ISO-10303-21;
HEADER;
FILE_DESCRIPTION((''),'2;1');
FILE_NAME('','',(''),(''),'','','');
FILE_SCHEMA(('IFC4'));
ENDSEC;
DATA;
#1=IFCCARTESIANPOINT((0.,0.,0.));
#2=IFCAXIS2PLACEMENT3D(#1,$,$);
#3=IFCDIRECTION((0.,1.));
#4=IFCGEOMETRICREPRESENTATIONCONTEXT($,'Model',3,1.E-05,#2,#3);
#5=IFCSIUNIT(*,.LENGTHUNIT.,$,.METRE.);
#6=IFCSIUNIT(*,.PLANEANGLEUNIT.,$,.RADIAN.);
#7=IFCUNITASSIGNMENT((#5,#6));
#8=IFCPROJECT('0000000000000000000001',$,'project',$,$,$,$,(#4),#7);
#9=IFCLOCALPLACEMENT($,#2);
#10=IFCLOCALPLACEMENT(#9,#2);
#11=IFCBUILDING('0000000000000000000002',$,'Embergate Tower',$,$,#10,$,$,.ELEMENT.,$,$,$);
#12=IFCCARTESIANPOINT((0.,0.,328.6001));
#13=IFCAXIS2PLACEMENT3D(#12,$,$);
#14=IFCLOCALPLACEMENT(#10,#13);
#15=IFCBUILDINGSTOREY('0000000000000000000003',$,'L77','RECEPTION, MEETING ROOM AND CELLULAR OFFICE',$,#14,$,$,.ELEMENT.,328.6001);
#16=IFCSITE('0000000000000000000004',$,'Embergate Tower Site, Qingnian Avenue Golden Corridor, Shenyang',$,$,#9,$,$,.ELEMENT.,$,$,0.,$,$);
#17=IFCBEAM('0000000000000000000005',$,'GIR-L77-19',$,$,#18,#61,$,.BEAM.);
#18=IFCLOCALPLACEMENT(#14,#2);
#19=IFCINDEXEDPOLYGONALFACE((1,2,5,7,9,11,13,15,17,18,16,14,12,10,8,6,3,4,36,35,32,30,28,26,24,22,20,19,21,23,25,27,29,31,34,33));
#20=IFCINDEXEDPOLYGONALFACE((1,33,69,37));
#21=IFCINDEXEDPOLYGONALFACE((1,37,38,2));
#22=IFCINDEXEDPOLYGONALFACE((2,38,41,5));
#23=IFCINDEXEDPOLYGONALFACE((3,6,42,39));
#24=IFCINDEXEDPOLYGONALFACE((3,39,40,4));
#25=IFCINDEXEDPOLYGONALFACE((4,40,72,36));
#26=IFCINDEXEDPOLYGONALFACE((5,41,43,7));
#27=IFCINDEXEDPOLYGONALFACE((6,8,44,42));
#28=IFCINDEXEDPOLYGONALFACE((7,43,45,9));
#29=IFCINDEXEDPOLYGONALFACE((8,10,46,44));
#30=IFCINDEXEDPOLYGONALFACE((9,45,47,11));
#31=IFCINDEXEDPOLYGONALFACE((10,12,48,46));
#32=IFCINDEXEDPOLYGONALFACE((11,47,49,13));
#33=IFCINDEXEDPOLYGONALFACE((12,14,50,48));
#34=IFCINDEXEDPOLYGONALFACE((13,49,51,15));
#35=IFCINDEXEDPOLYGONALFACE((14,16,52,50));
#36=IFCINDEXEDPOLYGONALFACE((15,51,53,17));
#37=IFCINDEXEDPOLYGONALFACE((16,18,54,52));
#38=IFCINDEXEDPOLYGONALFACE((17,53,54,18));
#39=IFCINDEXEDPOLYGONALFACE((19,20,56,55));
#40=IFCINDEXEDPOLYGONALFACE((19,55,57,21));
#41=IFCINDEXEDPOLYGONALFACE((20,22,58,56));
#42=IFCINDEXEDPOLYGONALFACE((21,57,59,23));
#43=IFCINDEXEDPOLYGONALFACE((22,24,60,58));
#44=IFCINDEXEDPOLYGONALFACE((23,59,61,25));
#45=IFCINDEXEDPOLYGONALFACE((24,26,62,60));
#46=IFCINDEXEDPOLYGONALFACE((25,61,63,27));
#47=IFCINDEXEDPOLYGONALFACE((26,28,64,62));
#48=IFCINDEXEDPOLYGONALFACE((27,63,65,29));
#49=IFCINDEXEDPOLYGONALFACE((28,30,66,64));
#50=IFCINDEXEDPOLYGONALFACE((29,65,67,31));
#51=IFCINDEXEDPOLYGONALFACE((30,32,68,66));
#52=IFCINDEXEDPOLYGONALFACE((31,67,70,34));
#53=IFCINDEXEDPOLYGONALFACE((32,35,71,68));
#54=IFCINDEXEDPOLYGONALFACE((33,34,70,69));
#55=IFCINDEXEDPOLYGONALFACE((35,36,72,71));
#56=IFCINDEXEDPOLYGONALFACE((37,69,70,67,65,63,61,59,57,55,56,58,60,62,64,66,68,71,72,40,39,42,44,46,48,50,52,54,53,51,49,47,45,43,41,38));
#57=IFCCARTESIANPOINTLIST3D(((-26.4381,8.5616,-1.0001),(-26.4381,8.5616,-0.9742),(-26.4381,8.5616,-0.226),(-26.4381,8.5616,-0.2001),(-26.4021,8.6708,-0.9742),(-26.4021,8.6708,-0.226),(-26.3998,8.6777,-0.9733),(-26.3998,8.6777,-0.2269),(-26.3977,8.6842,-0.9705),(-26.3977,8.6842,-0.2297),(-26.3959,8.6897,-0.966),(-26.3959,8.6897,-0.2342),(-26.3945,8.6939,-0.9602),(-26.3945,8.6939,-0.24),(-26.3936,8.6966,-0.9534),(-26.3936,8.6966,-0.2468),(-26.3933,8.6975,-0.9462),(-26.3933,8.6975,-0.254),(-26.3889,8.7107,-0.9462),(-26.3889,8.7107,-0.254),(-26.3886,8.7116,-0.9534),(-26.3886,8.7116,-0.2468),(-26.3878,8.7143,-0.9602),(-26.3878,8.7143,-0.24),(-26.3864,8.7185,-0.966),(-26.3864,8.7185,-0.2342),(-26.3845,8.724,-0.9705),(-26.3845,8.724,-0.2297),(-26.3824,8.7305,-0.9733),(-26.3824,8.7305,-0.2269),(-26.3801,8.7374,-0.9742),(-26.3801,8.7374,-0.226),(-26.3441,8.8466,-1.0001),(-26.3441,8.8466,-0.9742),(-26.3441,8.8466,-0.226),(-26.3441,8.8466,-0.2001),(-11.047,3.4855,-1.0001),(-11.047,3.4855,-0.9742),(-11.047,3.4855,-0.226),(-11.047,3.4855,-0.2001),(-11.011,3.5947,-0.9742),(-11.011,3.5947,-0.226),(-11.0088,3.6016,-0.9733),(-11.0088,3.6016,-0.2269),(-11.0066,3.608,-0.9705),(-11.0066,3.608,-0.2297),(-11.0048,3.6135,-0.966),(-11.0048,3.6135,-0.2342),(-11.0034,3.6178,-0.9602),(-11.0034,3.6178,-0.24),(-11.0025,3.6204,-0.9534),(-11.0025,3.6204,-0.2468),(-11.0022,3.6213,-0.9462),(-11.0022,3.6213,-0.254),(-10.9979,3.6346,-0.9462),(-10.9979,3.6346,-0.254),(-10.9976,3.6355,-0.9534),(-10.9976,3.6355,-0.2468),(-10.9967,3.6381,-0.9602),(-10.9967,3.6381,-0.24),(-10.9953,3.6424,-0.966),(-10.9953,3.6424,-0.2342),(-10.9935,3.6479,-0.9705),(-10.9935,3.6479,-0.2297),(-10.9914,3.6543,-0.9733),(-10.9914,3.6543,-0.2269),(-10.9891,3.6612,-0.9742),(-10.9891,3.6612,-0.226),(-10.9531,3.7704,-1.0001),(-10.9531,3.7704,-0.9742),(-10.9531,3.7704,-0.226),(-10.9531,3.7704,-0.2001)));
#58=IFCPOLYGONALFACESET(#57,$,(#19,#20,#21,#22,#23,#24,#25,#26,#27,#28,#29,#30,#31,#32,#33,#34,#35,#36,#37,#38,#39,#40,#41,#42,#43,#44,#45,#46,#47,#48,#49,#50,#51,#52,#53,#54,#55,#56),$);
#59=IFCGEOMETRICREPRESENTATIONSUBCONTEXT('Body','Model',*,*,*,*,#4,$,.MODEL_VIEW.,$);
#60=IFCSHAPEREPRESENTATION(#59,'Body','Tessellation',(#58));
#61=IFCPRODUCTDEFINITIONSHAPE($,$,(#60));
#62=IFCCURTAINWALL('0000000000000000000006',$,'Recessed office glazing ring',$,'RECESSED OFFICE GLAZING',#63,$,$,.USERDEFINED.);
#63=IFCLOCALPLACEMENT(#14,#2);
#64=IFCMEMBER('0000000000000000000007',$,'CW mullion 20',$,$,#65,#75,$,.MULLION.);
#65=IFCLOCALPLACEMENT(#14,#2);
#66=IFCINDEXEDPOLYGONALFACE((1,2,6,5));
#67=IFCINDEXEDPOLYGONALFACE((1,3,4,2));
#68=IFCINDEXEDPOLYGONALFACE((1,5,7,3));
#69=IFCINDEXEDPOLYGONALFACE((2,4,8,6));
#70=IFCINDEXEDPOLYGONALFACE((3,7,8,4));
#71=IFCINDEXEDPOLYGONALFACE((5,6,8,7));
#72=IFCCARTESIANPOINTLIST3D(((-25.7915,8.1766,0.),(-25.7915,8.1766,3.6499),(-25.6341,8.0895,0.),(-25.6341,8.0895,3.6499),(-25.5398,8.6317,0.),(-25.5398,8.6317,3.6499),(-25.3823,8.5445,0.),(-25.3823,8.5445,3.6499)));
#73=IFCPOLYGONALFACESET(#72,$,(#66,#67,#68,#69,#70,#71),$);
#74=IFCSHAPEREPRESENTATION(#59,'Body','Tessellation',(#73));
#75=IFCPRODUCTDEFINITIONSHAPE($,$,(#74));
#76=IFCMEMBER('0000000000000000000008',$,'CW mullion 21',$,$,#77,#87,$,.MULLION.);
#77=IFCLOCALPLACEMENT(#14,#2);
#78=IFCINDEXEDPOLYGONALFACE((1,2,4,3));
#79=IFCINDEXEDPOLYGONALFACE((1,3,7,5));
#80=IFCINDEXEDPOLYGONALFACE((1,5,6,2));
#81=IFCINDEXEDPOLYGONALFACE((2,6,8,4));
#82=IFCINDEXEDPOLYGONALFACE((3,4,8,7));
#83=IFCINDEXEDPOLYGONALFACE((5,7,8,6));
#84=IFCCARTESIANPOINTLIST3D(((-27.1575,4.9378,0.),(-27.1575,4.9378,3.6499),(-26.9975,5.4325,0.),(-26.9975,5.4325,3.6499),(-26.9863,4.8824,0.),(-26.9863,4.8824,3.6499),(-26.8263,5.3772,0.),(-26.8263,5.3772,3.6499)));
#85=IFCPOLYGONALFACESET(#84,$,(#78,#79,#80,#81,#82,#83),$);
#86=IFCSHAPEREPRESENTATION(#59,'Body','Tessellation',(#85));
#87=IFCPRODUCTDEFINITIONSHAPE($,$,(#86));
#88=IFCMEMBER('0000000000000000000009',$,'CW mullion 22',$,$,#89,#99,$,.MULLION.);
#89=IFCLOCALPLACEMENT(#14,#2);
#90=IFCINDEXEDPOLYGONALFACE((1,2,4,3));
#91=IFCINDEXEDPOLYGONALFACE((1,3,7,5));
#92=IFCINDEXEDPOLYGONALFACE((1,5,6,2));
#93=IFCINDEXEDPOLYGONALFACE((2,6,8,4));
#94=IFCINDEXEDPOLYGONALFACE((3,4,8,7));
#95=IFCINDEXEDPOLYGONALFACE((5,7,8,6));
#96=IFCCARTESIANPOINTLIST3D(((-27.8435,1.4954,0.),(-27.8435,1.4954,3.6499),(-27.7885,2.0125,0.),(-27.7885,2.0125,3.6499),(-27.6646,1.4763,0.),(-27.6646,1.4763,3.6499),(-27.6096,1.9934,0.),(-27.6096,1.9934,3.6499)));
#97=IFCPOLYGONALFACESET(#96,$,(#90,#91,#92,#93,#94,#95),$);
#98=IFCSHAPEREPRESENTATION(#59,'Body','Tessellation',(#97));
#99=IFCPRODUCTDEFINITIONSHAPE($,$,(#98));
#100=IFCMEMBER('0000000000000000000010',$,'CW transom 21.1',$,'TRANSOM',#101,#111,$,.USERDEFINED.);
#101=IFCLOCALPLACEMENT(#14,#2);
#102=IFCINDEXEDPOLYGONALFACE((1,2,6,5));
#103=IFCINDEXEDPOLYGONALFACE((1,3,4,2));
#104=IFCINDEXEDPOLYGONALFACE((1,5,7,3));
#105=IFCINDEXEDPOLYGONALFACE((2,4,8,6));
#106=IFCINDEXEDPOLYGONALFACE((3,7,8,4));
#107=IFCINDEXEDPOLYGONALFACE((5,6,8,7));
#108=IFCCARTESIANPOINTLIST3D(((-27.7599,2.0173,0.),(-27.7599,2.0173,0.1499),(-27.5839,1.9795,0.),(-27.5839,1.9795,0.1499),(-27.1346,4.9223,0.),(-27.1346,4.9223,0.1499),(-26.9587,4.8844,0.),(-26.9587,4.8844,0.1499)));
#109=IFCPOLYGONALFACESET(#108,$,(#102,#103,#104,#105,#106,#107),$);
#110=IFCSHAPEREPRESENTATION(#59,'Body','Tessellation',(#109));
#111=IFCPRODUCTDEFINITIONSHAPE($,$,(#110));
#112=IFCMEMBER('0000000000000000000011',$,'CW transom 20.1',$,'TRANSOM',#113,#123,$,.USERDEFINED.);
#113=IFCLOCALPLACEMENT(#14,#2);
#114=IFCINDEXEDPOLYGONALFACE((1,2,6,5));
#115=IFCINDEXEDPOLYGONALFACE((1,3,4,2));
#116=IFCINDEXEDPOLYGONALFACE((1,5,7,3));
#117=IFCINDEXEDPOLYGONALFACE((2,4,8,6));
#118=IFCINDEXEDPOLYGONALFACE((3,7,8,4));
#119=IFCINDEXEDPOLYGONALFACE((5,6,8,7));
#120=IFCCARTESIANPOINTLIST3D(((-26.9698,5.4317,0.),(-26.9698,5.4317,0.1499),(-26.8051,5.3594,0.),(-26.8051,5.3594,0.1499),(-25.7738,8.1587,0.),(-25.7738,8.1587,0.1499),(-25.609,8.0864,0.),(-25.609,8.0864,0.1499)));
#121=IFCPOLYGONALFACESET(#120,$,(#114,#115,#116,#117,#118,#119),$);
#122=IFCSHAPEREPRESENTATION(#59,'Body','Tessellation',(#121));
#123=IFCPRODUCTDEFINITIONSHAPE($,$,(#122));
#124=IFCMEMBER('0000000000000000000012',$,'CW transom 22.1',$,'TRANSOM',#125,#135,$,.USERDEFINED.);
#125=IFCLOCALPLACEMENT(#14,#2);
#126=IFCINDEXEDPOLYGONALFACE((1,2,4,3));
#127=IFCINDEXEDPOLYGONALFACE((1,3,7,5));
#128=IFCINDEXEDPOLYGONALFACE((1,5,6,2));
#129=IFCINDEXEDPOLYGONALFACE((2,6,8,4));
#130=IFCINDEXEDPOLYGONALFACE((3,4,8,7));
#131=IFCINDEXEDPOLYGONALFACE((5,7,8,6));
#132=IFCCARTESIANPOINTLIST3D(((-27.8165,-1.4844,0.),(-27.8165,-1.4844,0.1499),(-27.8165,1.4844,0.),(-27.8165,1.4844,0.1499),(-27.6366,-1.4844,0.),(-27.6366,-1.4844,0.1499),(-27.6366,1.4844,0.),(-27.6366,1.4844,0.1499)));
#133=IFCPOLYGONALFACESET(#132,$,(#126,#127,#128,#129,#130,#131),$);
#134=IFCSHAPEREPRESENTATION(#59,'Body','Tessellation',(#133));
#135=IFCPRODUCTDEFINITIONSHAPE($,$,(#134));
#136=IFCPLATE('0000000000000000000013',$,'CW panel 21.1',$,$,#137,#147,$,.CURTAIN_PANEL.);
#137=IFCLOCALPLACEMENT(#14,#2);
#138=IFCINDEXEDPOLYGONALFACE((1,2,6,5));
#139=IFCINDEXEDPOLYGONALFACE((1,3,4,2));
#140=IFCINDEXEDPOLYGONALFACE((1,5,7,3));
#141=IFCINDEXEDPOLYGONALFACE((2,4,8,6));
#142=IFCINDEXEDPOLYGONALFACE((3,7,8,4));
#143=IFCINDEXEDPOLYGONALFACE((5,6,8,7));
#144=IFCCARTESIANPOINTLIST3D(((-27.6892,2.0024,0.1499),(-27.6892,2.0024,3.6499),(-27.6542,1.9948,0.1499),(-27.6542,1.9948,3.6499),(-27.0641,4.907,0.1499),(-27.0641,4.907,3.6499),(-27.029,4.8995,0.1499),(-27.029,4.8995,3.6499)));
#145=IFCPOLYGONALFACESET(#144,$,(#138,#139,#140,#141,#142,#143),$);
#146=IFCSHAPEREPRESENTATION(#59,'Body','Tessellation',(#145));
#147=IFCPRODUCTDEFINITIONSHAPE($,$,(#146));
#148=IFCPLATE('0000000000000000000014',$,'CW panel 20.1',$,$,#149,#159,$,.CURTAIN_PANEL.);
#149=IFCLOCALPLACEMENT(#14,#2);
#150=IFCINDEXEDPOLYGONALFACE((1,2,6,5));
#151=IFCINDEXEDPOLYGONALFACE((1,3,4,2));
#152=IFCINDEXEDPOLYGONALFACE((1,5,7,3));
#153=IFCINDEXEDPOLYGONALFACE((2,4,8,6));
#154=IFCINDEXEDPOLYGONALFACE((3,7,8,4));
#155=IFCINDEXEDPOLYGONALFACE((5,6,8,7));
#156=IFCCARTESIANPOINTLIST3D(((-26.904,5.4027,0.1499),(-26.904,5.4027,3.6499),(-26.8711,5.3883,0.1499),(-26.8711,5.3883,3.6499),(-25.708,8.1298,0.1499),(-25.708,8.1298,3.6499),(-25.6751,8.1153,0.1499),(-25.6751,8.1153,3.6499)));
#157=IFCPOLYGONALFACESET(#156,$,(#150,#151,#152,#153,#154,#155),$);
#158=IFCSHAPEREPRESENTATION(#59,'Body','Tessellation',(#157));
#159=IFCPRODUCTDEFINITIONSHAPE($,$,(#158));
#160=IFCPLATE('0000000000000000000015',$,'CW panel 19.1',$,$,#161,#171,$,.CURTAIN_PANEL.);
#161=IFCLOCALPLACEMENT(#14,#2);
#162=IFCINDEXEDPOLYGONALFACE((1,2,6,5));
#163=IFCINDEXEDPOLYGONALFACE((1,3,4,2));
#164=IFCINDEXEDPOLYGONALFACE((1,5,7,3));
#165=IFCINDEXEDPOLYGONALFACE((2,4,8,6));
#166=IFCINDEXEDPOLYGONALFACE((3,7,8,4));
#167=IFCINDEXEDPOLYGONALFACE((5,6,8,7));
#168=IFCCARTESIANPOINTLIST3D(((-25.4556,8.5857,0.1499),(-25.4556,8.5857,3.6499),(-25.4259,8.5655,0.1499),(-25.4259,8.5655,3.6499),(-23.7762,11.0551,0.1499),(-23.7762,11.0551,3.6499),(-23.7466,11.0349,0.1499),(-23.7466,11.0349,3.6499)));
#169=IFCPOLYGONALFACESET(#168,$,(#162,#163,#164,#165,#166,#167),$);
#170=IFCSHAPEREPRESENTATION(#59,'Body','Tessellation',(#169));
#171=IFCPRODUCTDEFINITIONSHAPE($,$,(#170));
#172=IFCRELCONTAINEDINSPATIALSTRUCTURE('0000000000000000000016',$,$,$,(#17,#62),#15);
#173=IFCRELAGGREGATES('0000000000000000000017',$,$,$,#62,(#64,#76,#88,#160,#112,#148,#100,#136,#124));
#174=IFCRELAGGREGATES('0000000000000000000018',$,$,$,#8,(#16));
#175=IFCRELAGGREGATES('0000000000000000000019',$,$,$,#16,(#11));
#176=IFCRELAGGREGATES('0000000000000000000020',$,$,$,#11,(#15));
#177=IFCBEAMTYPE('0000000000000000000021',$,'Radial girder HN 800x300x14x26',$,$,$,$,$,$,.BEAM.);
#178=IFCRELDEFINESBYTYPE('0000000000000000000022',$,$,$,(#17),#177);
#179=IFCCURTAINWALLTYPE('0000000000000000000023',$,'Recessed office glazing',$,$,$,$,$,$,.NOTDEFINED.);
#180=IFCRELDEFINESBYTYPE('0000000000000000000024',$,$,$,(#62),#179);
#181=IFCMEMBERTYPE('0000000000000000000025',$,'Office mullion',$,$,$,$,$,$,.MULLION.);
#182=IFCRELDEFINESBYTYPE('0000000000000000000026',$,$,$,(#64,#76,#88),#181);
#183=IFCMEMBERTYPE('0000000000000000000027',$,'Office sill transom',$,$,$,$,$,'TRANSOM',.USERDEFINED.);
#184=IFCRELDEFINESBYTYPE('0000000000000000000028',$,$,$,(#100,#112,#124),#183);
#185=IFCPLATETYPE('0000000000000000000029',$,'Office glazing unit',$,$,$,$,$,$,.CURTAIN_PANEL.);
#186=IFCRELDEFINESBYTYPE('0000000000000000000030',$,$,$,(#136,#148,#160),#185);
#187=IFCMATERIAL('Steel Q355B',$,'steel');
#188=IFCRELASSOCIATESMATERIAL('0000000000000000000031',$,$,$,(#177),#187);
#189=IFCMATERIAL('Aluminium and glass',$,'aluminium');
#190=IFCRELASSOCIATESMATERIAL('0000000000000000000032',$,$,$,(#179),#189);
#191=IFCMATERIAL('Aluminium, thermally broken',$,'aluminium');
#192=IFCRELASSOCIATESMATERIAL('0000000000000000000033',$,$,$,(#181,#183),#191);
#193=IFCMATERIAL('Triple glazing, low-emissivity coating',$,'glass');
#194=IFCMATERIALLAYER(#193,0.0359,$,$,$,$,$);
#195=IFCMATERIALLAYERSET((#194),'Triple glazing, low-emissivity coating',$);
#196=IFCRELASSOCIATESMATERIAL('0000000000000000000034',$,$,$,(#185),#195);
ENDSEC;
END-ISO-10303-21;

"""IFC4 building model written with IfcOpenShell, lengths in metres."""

from ifc_helpers import new_model, si_unit, direction, frame, origin, origin_2d, place, context, subcontext, project, spatial, rectangle, i_section, extrude, source, transform, mapped, material, layer, layer_set, material_profile, profile_set, type_object, element, aggregate, save


model = new_model("IFC4")

# Units and contexts
model_context = context("Model", 3, precision=1e-05, world=origin(), true_north=direction((0.0, 1.0)))
body_context = subcontext(model_context, "Body", "Model", "MODEL_VIEW")
ifc_project = project(units=[si_unit("LENGTHUNIT", "METRE"), si_unit("PLANEANGLEUNIT", "RADIAN")], contexts=[model_context])

# Site, building, storey
site_placement = place(None, origin())
site = spatial("IfcSite", under=ifc_project, at=site_placement, Name="Embergate Tower Site, Qingnian Avenue Golden Corridor, Shenyang", CompositionType="ELEMENT", RefElevation=0.0)
building_placement = place(site_placement, origin())
building = spatial("IfcBuilding", under=site, at=building_placement, Name="Embergate Tower", CompositionType="ELEMENT")
storey_placement = place(building_placement, frame((0.0, 0.0, 328.6001)))
storey = spatial("IfcBuildingStorey", under=building, at=storey_placement, Name="L77", Description="RECEPTION, MEETING ROOM AND CELLULAR OFFICE", CompositionType="ELEMENT", Elevation=328.6001)

# Beam
ifc_material_1 = material(Name="Steel Q355B", Category="steel")
ifc_material_profile_1 = material_profile(ifc_material_1, i_section(OverallWidth=0.3, OverallDepth=0.8, WebThickness=0.0139, FlangeThickness=0.0259, FilletRadius=0.0281, at=origin_2d()), Name="HN 800x300x14x26")
ifc_profile_set_1 = profile_set([ifc_material_profile_1], Name="Steel Q355 grade B")
beam_type_1 = type_object("IfcBeamType", Name="Radial girder HN 800x300x14x26", PredefinedType="BEAM", material=ifc_profile_set_1)
shared_shape_1 = source(origin(), body_context, "Body", "SweptSolid", [
    extrude(i_section(OverallWidth=0.3, OverallDepth=0.8, WebThickness=0.0139, FlangeThickness=0.0259, FilletRadius=0.0281, at=origin_2d()), origin(), (0.0, 0.0, 1.0), 16.2065),
])
beam_1_placement = place(storey_placement, frame((-26.3911, 8.7041, -0.6001), z_axis=(0.949682, -0.313216, 0.0), x_axis=(0.313216, 0.949682, 0.0)))
element("IfcBeam", 1, at=beam_1_placement, inside=storey, type_object=beam_type_1, Name="GIR-L77-19", PredefinedType="BEAM", context=body_context, shape_type="MappedRepresentation", body=[
    mapped(shared_shape_1, transform((0.0, 0.0, 0.0))),
])

# Curtain wall, members, plates
ifc_material_2 = material(Name="Aluminium and glass", Category="aluminium")
curtain_wall_type = type_object("IfcCurtainWallType", Name="Recessed office glazing", PredefinedType="NOTDEFINED", material=ifc_material_2)
curtain_wall_placement = place(storey_placement, origin())
curtain_wall = element("IfcCurtainWall", 2, at=curtain_wall_placement, inside=storey, type_object=curtain_wall_type, Name="Recessed office glazing ring", ObjectType="RECESSED OFFICE GLAZING", PredefinedType="USERDEFINED")
ifc_material_3 = material(Name="Aluminium, thermally broken", Category="aluminium")
ifc_material_profile_2 = material_profile(ifc_material_3, rectangle(XDim=0.1799, YDim=0.52, at=origin_2d()), Name="AL 520x180")
ifc_profile_set_2 = profile_set([ifc_material_profile_2], Name="Aluminium, thermally broken")
member_type_1 = type_object("IfcMemberType", Name="Office mullion", PredefinedType="MULLION", material=ifc_profile_set_2)
shared_shape_2 = source(origin(), body_context, "Body", "SweptSolid", [
    extrude(rectangle(XDim=0.1799, YDim=0.52, at=origin_2d()), origin(), (0.0, 0.0, 1.0), 3.6499),
])
member_1_placement = place(storey_placement, frame((-25.5869, 8.3606, 0.0), z_axis=(0.0, 0.0, 1.0), x_axis=(0.874988, -0.484145, 0.0)))
member_1 = element("IfcMember", 3, at=member_1_placement, type_object=member_type_1, Name="CW mullion 20", PredefinedType="MULLION", context=body_context, shape_type="MappedRepresentation", body=[
    mapped(shared_shape_2, transform((0.0, 0.0, 0.0))),
])
member_2_placement = place(storey_placement, frame((-26.9919, 5.1575, 0.0), z_axis=(0.0, 0.0, 1.0), x_axis=(0.95149, -0.30768, 0.0)))
member_2 = element("IfcMember", 4, at=member_2_placement, type_object=member_type_1, Name="CW mullion 21", PredefinedType="MULLION", context=body_context, shape_type="MappedRepresentation", body=[
    mapped(shared_shape_2, transform((0.0, 0.0, 0.0))),
])
member_3_placement = place(storey_placement, frame((-27.7266, 1.7444, 0.0), z_axis=(0.0, 0.0, 1.0), x_axis=(0.994384, -0.105834, 0.0)))
member_3 = element("IfcMember", 5, at=member_3_placement, type_object=member_type_1, Name="CW mullion 22", PredefinedType="MULLION", context=body_context, shape_type="MappedRepresentation", body=[
    mapped(shared_shape_2, transform((0.0, 0.0, 0.0))),
])
ifc_material_profile_3 = material_profile(ifc_material_3, rectangle(XDim=0.1799, YDim=0.1499, at=origin_2d()), Name="AL 150x180")
ifc_profile_set_3 = profile_set([ifc_material_profile_3], Name="Aluminium, thermally broken")
member_type_2 = type_object("IfcMemberType", Name="Office sill transom", ElementType="TRANSOM", PredefinedType="USERDEFINED", material=ifc_profile_set_3)
shared_shape_3 = source(origin(), body_context, "Body", "SweptSolid", [
    extrude(rectangle(XDim=0.1799, YDim=0.1499, at=origin_2d()), origin(), (0.0, 0.0, 1.0), 2.9714),
])
member_4_placement = place(storey_placement, frame((-27.0466, 4.9033, 0.075), z_axis=(-0.210427, -0.97761, 0.0), x_axis=(0.97761, -0.210427, 0.0)))
member_4 = element("IfcMember", 6, at=member_4_placement, type_object=member_type_2, Name="CW transom 21.1", ObjectType="TRANSOM", PredefinedType="USERDEFINED", context=body_context, shape_type="MappedRepresentation", body=[
    mapped(shared_shape_3, transform((0.0, 0.0, 0.0))),
])
shared_shape_4 = source(origin(), body_context, "Body", "SweptSolid", [
    extrude(rectangle(XDim=0.1799, YDim=0.1499, at=origin_2d()), origin(), (0.0, 0.0, 1.0), 2.9778),
])
member_5_placement = place(storey_placement, frame((-25.6914, 8.1226, 0.075), z_axis=(-0.401653, -0.915792, 0.0), x_axis=(0.915792, -0.401653, 0.0)))
member_5 = element("IfcMember", 7, at=member_5_placement, type_object=member_type_2, Name="CW transom 20.1", ObjectType="TRANSOM", PredefinedType="USERDEFINED", context=body_context, shape_type="MappedRepresentation", body=[
    mapped(shared_shape_4, transform((0.0, 0.0, 0.0))),
])
shared_shape_5 = source(origin(), body_context, "Body", "SweptSolid", [
    extrude(rectangle(XDim=0.1799, YDim=0.1499, at=origin_2d()), origin(), (0.0, 0.0, 1.0), 2.9688),
])
member_6_placement = place(storey_placement, frame((-27.7266, 1.4844, 0.075), z_axis=(0.0, -1.0, 0.0), x_axis=(1.0, 0.0, 0.0)))
member_6 = element("IfcMember", 8, at=member_6_placement, type_object=member_type_2, Name="CW transom 22.1", ObjectType="TRANSOM", PredefinedType="USERDEFINED", context=body_context, shape_type="MappedRepresentation", body=[
    mapped(shared_shape_5, transform((0.0, 0.0, 0.0))),
])
ifc_material_4 = material(Name="Triple glazing, low-emissivity coating", Category="glass")
ifc_layer_1 = layer(ifc_material_4, 0.0359)
ifc_layer_set_1 = layer_set([ifc_layer_1], Name="Triple glazing, low-emissivity coating")
plate_type = type_object("IfcPlateType", Name="Office glazing unit", PredefinedType="CURTAIN_PANEL", material=ifc_layer_set_1)
shared_shape_6 = source(origin(), body_context, "Body", "SweptSolid", [
    extrude(rectangle(XDim=2.9712, YDim=0.0359, at=origin_2d()), origin(), (0.0, 0.0, 1.0), 3.5),
])
plate_1_placement = place(storey_placement, frame((-27.3591, 3.4509, 0.1499), z_axis=(0.0, 0.0, 1.0), x_axis=(-0.210402, -0.977615, 0.0)))
plate_1 = element("IfcPlate", 9, at=plate_1_placement, type_object=plate_type, Name="CW panel 21.1", PredefinedType="CURTAIN_PANEL", context=body_context, shape_type="MappedRepresentation", body=[
    mapped(shared_shape_6, transform((0.0, 0.0, 0.0))),
])
shared_shape_7 = source(origin(), body_context, "Body", "SweptSolid", [
    extrude(rectangle(XDim=2.9778, YDim=0.0359, at=origin_2d()), origin(), (0.0, 0.0, 1.0), 3.5),
])
plate_2_placement = place(storey_placement, frame((-26.2896, 6.759, 0.1499), z_axis=(0.0, 0.0, 1.0), x_axis=(-0.401658, -0.91579, 0.0)))
plate_2 = element("IfcPlate", 10, at=plate_2_placement, type_object=plate_type, Name="CW panel 20.1", PredefinedType="CURTAIN_PANEL", context=body_context, shape_type="MappedRepresentation", body=[
    mapped(shared_shape_7, transform((0.0, 0.0, 0.0))),
])
shared_shape_8 = source(origin(), body_context, "Body", "SweptSolid", [
    extrude(rectangle(XDim=2.9863, YDim=0.0359, at=origin_2d()), origin(), (0.0, 0.0, 1.0), 3.5),
])
plate_3_placement = place(storey_placement, frame((-24.6011, 9.8103, 0.1499), z_axis=(0.0, 0.0, 1.0), x_axis=(-0.562348, -0.826901, 0.0)))
plate_3 = element("IfcPlate", 11, at=plate_3_placement, type_object=plate_type, Name="CW panel 19.1", PredefinedType="CURTAIN_PANEL", context=body_context, shape_type="MappedRepresentation", body=[
    mapped(shared_shape_8, transform((0.0, 0.0, 0.0))),
])
aggregate(curtain_wall, [member_1, member_2, member_3, plate_3, member_5, plate_2, member_4, plate_1, member_6])

save(model, "model.ifc")
